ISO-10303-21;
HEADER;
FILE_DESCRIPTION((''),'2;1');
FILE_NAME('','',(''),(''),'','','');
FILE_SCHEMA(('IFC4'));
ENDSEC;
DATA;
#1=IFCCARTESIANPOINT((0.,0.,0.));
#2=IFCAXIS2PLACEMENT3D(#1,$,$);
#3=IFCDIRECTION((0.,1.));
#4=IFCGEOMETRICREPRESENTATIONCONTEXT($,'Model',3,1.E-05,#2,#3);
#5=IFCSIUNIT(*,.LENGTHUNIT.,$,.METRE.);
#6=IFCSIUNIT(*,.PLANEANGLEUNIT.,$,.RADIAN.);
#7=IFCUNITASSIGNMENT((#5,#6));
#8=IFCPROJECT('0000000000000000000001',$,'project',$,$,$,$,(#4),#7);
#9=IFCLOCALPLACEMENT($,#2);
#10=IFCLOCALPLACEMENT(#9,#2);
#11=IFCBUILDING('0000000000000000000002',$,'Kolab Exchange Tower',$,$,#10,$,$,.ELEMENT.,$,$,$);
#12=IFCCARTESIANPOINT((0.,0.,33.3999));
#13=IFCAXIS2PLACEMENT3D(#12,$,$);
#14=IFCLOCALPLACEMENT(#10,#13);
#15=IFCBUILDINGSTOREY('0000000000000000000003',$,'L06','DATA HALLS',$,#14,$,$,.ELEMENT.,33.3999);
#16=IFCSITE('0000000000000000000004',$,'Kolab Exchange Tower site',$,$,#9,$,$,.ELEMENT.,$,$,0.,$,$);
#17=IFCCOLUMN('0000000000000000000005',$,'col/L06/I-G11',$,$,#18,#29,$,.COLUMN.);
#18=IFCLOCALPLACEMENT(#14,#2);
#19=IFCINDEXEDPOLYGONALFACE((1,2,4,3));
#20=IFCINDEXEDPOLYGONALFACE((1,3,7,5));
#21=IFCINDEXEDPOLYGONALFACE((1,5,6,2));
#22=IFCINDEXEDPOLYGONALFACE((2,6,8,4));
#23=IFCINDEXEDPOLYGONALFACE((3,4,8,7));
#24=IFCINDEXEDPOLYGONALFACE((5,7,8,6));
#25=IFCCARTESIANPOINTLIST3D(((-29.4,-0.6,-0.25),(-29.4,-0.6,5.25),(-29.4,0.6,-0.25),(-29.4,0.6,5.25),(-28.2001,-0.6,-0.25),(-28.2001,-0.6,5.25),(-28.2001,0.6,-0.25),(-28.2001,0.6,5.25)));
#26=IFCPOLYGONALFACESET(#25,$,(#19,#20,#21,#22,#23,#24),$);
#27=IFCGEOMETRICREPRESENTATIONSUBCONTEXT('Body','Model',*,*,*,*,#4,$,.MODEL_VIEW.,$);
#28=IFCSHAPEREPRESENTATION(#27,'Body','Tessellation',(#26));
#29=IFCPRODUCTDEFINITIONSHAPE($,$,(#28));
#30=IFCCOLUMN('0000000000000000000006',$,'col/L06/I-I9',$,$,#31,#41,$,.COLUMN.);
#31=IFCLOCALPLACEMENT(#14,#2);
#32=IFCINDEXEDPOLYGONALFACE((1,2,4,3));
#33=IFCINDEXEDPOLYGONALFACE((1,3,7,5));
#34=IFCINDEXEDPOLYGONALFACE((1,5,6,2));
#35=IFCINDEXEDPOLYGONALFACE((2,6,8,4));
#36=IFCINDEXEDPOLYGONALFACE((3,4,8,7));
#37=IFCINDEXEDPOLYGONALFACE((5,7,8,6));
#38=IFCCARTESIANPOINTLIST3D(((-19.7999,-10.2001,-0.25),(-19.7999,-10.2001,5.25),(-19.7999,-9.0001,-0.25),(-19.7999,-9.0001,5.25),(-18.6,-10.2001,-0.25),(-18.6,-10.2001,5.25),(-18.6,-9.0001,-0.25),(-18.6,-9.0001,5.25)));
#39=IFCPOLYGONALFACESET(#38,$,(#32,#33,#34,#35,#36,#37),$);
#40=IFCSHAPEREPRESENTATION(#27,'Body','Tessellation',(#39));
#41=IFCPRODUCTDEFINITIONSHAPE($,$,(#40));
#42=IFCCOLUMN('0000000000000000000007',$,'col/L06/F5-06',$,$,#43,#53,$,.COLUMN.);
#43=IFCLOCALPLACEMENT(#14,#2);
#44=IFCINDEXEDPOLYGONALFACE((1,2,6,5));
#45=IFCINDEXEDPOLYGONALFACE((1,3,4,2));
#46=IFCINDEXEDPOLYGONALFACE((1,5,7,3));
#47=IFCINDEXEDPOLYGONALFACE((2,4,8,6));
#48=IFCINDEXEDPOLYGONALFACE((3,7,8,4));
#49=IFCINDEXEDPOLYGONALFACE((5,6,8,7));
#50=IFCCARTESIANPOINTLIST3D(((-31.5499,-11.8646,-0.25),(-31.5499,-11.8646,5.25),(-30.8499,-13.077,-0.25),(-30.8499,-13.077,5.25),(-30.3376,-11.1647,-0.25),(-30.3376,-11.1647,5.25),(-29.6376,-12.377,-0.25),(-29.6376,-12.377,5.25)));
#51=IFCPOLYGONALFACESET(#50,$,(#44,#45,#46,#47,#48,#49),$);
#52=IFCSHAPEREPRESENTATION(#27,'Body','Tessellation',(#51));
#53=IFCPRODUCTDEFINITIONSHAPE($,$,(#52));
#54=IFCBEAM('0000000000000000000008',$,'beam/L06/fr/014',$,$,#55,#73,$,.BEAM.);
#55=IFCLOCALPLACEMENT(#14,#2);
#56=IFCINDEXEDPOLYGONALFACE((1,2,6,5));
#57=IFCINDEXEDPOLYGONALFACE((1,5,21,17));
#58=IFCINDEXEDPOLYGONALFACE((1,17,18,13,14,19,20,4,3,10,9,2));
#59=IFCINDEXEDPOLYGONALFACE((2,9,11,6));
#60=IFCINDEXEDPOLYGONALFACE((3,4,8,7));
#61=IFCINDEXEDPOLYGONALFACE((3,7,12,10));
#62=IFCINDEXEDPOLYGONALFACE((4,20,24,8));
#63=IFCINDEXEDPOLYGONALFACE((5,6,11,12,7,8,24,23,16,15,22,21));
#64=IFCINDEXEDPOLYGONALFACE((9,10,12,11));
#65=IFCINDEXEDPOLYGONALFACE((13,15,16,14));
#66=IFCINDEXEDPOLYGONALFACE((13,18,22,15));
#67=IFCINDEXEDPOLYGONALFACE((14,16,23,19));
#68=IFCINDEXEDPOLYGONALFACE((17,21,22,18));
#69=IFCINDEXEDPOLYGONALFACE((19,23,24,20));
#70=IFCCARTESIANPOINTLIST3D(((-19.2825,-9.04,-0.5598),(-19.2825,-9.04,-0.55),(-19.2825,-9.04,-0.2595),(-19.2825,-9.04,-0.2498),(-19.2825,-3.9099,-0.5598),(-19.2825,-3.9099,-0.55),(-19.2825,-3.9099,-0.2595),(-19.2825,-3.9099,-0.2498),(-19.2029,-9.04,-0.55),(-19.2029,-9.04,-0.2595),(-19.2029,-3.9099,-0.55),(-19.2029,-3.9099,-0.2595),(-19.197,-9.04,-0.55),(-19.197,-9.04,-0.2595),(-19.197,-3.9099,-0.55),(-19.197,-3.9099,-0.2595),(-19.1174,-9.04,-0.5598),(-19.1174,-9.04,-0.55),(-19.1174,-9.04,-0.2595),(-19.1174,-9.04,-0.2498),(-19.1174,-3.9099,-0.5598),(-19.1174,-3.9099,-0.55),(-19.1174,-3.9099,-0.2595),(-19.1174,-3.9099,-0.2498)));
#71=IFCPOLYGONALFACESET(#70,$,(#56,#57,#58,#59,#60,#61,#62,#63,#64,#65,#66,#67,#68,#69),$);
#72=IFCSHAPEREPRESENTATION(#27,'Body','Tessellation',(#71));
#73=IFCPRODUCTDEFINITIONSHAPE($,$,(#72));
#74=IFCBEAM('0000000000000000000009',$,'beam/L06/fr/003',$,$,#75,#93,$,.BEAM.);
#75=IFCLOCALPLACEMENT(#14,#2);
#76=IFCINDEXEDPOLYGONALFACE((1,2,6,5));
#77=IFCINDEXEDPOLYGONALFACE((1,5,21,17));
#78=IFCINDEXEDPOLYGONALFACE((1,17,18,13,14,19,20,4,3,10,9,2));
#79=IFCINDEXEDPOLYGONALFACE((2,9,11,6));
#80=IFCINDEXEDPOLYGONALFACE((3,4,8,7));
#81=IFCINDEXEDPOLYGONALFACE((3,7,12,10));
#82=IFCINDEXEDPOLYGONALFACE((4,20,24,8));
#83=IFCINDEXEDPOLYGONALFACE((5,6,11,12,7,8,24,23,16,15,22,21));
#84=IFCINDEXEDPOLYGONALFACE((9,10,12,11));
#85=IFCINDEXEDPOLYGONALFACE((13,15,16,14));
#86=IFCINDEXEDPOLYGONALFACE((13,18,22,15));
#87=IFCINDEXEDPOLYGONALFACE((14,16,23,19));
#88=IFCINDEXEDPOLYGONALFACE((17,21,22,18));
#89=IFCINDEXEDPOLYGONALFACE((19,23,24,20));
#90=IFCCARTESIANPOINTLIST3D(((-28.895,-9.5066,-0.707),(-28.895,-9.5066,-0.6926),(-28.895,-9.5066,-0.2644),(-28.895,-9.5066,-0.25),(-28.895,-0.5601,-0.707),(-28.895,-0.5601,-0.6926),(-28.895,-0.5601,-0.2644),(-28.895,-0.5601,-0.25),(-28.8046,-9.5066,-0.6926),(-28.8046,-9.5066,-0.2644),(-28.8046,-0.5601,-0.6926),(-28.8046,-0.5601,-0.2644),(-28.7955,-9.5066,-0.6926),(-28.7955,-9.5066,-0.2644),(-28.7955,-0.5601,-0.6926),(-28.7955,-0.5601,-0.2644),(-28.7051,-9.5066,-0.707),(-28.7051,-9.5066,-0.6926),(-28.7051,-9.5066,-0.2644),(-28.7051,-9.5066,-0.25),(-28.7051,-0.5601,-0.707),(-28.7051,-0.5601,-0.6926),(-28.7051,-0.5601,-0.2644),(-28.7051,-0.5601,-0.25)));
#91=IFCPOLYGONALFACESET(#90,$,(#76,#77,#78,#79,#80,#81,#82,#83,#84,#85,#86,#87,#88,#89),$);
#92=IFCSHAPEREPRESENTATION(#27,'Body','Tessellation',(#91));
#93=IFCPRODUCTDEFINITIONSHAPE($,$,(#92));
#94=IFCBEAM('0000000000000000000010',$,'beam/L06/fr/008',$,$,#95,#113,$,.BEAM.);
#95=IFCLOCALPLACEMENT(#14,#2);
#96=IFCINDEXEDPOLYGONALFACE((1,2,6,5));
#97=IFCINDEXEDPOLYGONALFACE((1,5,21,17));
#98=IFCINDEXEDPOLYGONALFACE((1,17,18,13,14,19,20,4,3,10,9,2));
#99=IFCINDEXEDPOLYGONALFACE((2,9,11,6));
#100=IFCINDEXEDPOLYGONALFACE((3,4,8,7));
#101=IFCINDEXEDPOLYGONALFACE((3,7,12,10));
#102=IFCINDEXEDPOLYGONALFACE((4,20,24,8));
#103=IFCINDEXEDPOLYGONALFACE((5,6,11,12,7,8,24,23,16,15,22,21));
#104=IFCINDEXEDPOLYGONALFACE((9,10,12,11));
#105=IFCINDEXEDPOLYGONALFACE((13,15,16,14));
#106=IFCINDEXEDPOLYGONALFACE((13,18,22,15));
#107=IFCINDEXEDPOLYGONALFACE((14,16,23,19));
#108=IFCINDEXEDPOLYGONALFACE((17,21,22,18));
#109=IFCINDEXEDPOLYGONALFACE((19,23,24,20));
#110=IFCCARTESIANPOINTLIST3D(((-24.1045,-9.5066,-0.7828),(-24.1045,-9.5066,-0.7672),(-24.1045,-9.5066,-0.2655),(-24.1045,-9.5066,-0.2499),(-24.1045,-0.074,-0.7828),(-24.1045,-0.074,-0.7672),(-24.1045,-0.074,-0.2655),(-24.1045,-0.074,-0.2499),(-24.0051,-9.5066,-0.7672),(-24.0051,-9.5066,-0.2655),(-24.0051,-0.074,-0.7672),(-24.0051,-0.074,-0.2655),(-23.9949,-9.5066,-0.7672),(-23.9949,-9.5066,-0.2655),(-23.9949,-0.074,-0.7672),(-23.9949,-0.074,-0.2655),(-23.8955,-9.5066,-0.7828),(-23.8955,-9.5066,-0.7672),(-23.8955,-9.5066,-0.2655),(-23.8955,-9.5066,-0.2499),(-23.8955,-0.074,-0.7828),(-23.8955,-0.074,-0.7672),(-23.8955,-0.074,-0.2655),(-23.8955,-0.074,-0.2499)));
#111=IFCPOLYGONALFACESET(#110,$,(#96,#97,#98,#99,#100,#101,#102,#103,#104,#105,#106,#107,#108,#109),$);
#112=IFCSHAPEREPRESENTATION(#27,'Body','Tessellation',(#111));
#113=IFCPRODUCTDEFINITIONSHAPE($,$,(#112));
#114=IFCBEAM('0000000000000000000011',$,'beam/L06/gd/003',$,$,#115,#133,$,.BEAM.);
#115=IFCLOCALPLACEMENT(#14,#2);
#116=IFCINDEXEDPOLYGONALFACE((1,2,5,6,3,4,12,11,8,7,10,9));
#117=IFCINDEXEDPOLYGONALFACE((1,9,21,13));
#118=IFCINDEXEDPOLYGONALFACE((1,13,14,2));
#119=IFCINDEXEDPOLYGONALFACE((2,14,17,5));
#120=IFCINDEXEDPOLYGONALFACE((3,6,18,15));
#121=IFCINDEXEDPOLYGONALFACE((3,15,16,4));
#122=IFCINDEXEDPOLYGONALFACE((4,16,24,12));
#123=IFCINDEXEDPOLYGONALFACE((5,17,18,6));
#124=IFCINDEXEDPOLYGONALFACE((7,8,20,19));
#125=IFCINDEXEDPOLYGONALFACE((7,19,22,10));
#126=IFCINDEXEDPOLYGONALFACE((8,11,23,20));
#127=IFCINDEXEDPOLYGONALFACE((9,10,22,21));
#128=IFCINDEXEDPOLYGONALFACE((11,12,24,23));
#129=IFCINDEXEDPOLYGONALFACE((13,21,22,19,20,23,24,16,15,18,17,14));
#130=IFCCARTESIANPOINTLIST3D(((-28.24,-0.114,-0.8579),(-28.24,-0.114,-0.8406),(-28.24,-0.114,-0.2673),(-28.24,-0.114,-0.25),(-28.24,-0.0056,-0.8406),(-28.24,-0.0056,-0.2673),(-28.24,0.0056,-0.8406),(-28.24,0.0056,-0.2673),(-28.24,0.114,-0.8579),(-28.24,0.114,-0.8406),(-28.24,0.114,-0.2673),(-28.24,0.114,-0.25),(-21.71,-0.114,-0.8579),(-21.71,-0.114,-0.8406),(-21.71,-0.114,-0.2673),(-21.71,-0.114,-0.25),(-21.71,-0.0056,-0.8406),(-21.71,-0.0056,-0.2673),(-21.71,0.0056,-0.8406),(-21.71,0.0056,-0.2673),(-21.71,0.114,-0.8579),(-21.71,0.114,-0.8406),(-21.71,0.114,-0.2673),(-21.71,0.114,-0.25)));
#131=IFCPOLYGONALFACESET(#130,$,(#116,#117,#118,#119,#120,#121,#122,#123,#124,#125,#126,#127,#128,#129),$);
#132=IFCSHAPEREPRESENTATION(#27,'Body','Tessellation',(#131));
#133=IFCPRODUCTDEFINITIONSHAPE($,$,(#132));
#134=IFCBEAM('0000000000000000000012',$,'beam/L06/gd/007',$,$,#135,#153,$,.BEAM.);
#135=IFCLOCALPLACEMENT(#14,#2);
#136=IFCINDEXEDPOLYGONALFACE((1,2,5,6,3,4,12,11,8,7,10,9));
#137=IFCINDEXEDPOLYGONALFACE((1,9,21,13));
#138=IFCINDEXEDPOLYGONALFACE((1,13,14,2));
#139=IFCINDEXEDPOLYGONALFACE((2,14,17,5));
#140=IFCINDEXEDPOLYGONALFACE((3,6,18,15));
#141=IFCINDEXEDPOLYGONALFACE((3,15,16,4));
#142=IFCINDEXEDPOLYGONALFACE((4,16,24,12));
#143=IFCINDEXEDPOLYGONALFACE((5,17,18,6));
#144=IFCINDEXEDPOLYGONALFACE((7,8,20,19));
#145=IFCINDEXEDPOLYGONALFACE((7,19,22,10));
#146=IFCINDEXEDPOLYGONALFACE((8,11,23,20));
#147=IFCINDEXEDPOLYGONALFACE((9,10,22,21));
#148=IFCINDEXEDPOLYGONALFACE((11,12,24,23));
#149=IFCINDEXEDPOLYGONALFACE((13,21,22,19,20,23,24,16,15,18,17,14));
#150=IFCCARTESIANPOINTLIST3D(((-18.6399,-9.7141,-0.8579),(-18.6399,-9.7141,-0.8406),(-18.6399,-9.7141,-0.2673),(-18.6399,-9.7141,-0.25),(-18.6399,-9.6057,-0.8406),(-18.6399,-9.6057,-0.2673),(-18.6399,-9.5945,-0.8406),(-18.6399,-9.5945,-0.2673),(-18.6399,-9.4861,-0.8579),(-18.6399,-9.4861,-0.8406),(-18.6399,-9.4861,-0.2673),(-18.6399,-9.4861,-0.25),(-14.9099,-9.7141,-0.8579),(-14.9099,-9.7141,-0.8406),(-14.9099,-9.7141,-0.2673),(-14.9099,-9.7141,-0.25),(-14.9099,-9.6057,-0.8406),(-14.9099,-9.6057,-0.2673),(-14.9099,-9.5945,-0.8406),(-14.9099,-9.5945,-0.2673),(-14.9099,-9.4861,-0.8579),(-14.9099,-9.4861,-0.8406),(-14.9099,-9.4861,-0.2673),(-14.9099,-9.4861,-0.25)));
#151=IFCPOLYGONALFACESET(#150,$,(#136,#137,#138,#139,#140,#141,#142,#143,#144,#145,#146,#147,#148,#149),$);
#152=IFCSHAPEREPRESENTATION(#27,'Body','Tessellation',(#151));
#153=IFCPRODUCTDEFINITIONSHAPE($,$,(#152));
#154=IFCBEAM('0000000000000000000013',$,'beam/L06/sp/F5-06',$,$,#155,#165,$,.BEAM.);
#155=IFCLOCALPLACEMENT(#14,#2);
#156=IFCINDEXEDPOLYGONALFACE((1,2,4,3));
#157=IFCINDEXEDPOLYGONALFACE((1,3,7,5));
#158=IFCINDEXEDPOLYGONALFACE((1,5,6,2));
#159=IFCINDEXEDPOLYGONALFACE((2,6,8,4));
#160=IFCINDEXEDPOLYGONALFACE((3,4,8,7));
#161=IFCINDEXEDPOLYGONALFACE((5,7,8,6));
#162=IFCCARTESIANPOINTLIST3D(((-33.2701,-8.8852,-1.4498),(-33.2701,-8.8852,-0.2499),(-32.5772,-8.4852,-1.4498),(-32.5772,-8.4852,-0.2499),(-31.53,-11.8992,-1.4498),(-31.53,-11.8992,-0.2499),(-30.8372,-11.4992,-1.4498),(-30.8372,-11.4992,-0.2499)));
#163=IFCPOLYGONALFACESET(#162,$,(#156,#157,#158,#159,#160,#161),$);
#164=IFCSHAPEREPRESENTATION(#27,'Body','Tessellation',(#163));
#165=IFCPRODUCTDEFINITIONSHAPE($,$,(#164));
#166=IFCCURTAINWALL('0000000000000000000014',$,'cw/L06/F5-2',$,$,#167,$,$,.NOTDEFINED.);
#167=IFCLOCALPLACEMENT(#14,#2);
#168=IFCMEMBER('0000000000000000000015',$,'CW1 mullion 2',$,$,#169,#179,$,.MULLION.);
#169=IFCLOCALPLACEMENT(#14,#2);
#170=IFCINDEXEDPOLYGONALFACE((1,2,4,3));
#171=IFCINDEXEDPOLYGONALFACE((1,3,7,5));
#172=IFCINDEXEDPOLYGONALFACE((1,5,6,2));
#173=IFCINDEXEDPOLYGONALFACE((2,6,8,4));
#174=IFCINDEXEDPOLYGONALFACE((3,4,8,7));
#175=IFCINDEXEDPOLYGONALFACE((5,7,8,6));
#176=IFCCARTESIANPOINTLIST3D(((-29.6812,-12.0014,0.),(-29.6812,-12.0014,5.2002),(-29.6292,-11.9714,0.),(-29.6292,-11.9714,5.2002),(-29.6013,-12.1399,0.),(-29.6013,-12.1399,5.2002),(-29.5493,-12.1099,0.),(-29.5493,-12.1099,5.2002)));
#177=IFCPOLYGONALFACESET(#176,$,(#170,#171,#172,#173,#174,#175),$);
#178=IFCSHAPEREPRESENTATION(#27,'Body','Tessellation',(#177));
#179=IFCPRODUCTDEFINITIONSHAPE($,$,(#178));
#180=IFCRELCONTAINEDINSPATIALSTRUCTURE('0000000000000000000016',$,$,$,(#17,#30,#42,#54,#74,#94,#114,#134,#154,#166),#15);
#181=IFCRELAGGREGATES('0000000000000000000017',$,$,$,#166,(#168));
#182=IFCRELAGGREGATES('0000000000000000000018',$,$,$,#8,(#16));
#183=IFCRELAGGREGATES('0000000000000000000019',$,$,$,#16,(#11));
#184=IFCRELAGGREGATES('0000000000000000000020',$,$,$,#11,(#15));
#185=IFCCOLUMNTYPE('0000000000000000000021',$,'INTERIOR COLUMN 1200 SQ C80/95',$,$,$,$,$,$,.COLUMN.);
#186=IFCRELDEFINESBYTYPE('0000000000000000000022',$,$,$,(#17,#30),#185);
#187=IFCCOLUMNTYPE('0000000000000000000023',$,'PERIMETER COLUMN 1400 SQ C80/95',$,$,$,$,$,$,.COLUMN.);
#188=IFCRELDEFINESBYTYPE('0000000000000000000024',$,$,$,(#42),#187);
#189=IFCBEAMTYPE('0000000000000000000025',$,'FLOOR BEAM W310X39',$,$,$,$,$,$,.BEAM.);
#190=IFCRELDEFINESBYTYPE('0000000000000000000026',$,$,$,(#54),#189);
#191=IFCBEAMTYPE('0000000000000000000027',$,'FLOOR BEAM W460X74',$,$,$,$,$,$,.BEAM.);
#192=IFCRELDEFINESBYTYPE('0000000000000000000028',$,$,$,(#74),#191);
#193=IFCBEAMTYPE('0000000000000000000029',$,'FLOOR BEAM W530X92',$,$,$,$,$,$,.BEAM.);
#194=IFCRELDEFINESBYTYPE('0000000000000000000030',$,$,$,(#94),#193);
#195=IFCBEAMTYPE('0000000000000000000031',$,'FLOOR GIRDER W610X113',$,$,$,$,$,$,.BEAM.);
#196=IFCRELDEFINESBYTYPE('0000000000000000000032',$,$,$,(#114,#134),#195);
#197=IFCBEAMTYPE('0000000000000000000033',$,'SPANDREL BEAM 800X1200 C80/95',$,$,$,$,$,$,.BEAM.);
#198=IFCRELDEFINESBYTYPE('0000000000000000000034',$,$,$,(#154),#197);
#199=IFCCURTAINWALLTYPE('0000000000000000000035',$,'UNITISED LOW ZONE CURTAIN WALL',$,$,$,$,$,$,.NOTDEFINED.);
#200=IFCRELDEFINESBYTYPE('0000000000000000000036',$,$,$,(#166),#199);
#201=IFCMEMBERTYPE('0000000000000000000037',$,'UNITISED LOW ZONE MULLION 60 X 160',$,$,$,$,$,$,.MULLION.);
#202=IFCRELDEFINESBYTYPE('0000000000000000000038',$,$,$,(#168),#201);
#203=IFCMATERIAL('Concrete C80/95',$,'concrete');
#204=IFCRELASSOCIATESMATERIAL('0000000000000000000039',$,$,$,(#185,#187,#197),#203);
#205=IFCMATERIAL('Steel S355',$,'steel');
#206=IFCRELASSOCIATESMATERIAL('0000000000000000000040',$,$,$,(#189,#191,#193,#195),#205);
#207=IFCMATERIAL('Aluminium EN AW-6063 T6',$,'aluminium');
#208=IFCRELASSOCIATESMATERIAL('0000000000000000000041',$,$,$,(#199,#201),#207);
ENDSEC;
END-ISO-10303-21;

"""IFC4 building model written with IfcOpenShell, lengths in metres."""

from ifc_helpers import new_model, si_unit, direction, frame, origin, origin_2d, place, context, subcontext, project, spatial, rectangle, i_section, extrude, material, material_profile, profile_set, type_object, element, aggregate, save


model = new_model("IFC4")

# Units and contexts
model_context = context("Model", 3, precision=1e-05, world=origin(), true_north=direction((0.0, 1.0)))
body_context = subcontext(model_context, "Body", "Model", "MODEL_VIEW")
ifc_project = project(units=[si_unit("LENGTHUNIT", "METRE"), si_unit("PLANEANGLEUNIT", "RADIAN")], contexts=[model_context])

# Site, building, storey
site_placement = place(None, origin())
site = spatial("IfcSite", under=ifc_project, at=site_placement, Name="Kolab Exchange Tower site", CompositionType="ELEMENT", RefElevation=0.0)
building_placement = place(site_placement, origin())
building = spatial("IfcBuilding", under=site, at=building_placement, Name="Kolab Exchange Tower", CompositionType="ELEMENT")
storey_placement = place(building_placement, frame((0.0, 0.0, 33.3999)))
storey = spatial("IfcBuildingStorey", under=building, at=storey_placement, Name="L06", Description="DATA HALLS", CompositionType="ELEMENT", Elevation=33.3999)

# Columns
ifc_material_1 = material(Name="Concrete C80/95", Category="concrete")
ifc_material_profile_1 = material_profile(ifc_material_1, rectangle(XDim=1.2, YDim=1.2, at=origin_2d()), Name="RC1200")
ifc_profile_set_1 = profile_set([ifc_material_profile_1], Name="Concrete C80/95")
column_type_1 = type_object("IfcColumnType", Name="INTERIOR COLUMN 1200 SQ C80/95", PredefinedType="COLUMN", material=ifc_profile_set_1)
for number, where, z_axis, x_axis, name in (
    (1, (-28.8, 0.0, -0.25), (0.0, 0.0, 1.0), (1.0, 0.0, 0.0), "col/L06/I-G11"),
    (2, (-19.2, -9.6001, -0.25), (0.0, 0.0, 1.0), (1.0, 0.0, 0.0), "col/L06/I-I9"),
):
    element("IfcColumn", number, at=place(storey_placement, frame(where, z_axis=z_axis, x_axis=x_axis)), inside=storey, type_object=column_type_1, Name=name, PredefinedType="COLUMN", context=body_context, shape_type="SweptSolid", body=[
        extrude(rectangle(XDim=1.2, YDim=1.2, at=origin_2d()), origin(), (0.0, 0.0, 1.0), 5.5),
    ])
ifc_material_profile_2 = material_profile(ifc_material_1, rectangle(XDim=1.3999, YDim=1.3999, at=origin_2d()), Name="RC1400")
ifc_profile_set_2 = profile_set([ifc_material_profile_2], Name="Concrete C80/95")
column_type_2 = type_object("IfcColumnType", Name="PERIMETER COLUMN 1400 SQ C80/95", PredefinedType="COLUMN", material=ifc_profile_set_2)
column_placement = place(storey_placement, frame((-30.5938, -12.1208, -0.25), z_axis=(0.0, 0.0, 1.0), x_axis=(0.866025, 0.5, 0.0)))
element("IfcColumn", 3, at=column_placement, inside=storey, type_object=column_type_2, Name="col/L06/F5-06", PredefinedType="COLUMN", context=body_context, shape_type="SweptSolid", body=[
    extrude(rectangle(XDim=1.3999, YDim=1.3999, at=origin_2d()), origin(), (0.0, 0.0, 1.0), 5.5),
])

# Beams
ifc_material_2 = material(Name="Steel S355", Category="steel")
ifc_material_profile_3 = material_profile(ifc_material_2, i_section(OverallWidth=0.165, OverallDepth=0.3101, WebThickness=0.0059, FlangeThickness=0.0098, at=origin_2d()), Name="W310X39")
ifc_profile_set_3 = profile_set([ifc_material_profile_3], Name="Steel S355")
beam_type_1 = type_object("IfcBeamType", Name="FLOOR BEAM W310X39", PredefinedType="BEAM", material=ifc_profile_set_3)
beam_1_placement = place(storey_placement, frame((-19.2, -9.04, -0.4048), z_axis=(0.0, 1.0, 0.0), x_axis=(-1.0, 0.0, 0.0)))
element("IfcBeam", 4, at=beam_1_placement, inside=storey, type_object=beam_type_1, Name="beam/L06/fr/014", PredefinedType="BEAM", context=body_context, shape_type="SweptSolid", body=[
    extrude(i_section(OverallWidth=0.165, OverallDepth=0.3101, WebThickness=0.0059, FlangeThickness=0.0098, at=origin_2d()), origin(), (0.0, 0.0, 1.0), 5.1301),
])
ifc_material_profile_4 = material_profile(ifc_material_2, i_section(OverallWidth=0.1899, OverallDepth=0.457, WebThickness=0.009, FlangeThickness=0.0144, at=origin_2d()), Name="W460X74")
ifc_profile_set_4 = profile_set([ifc_material_profile_4], Name="Steel S355")
beam_type_2 = type_object("IfcBeamType", Name="FLOOR BEAM W460X74", PredefinedType="BEAM", material=ifc_profile_set_4)
beam_2_placement = place(storey_placement, frame((-28.8, -9.5066, -0.4785), z_axis=(0.0, 1.0, 0.0), x_axis=(-1.0, 0.0, 0.0)))
element("IfcBeam", 5, at=beam_2_placement, inside=storey, type_object=beam_type_2, Name="beam/L06/fr/003", PredefinedType="BEAM", context=body_context, shape_type="SweptSolid", body=[
    extrude(i_section(OverallWidth=0.1899, OverallDepth=0.457, WebThickness=0.009, FlangeThickness=0.0144, at=origin_2d()), origin(), (0.0, 0.0, 1.0), 8.9465),
])
ifc_material_profile_5 = material_profile(ifc_material_2, i_section(OverallWidth=0.209, OverallDepth=0.533, WebThickness=0.0103, FlangeThickness=0.0156, at=origin_2d()), Name="W530X92")
ifc_profile_set_5 = profile_set([ifc_material_profile_5], Name="Steel S355")
beam_type_3 = type_object("IfcBeamType", Name="FLOOR BEAM W530X92", PredefinedType="BEAM", material=ifc_profile_set_5)
beam_3_placement = place(storey_placement, frame((-24.0, -9.5066, -0.5164), z_axis=(0.0, 1.0, 0.0), x_axis=(-1.0, 0.0, 0.0)))
element("IfcBeam", 6, at=beam_3_placement, inside=storey, type_object=beam_type_3, Name="beam/L06/fr/008", PredefinedType="BEAM", context=body_context, shape_type="SweptSolid", body=[
    extrude(i_section(OverallWidth=0.209, OverallDepth=0.533, WebThickness=0.0103, FlangeThickness=0.0156, at=origin_2d()), origin(), (0.0, 0.0, 1.0), 9.4326),
])
ifc_material_profile_6 = material_profile(ifc_material_2, i_section(OverallWidth=0.228, OverallDepth=0.6079, WebThickness=0.0112, FlangeThickness=0.0173, at=origin_2d()), Name="W610X113")
ifc_profile_set_6 = profile_set([ifc_material_profile_6], Name="Steel S355")
beam_type_4 = type_object("IfcBeamType", Name="FLOOR GIRDER W610X113", PredefinedType="BEAM", material=ifc_profile_set_6)
beam_4_placement = place(storey_placement, frame((-28.24, 0.0, -0.554), z_axis=(1.0, 0.0, 0.0), x_axis=(0.0, 1.0, 0.0)))
element("IfcBeam", 7, at=beam_4_placement, inside=storey, type_object=beam_type_4, Name="beam/L06/gd/003", PredefinedType="BEAM", context=body_context, shape_type="SweptSolid", body=[
    extrude(i_section(OverallWidth=0.228, OverallDepth=0.6079, WebThickness=0.0112, FlangeThickness=0.0173, at=origin_2d()), origin(), (0.0, 0.0, 1.0), 6.53),
])
beam_5_placement = place(storey_placement, frame((-18.6399, -9.6001, -0.554), z_axis=(1.0, 0.0, 0.0), x_axis=(0.0, 1.0, 0.0)))
element("IfcBeam", 8, at=beam_5_placement, inside=storey, type_object=beam_type_4, Name="beam/L06/gd/007", PredefinedType="BEAM", context=body_context, shape_type="SweptSolid", body=[
    extrude(i_section(OverallWidth=0.228, OverallDepth=0.6079, WebThickness=0.0112, FlangeThickness=0.0173, at=origin_2d()), origin(), (0.0, 0.0, 1.0), 3.73),
])
ifc_material_profile_7 = material_profile(ifc_material_1, rectangle(XDim=0.8, YDim=1.2, at=origin_2d()), Name="RC800X1200")
ifc_profile_set_7 = profile_set([ifc_material_profile_7], Name="Concrete C80/95")
beam_type_5 = type_object("IfcBeamType", Name="SPANDREL BEAM 800X1200 C80/95", PredefinedType="BEAM", material=ifc_profile_set_7)
beam_6_placement = place(storey_placement, frame((-31.1836, -11.6992, -0.8499), z_axis=(-0.49998, 0.866037, 0.0), x_axis=(-0.866037, -0.49998, 0.0)))
element("IfcBeam", 9, at=beam_6_placement, inside=storey, type_object=beam_type_5, Name="beam/L06/sp/F5-06", PredefinedType="BEAM", context=body_context, shape_type="SweptSolid", body=[
    extrude(rectangle(XDim=0.8, YDim=1.2, at=origin_2d()), origin(), (0.0, 0.0, 1.0), 3.4802),
])

# Curtain wall, member
ifc_material_3 = material(Name="Aluminium EN AW-6063 T6", Category="aluminium")
curtain_wall_type = type_object("IfcCurtainWallType", Name="UNITISED LOW ZONE CURTAIN WALL", PredefinedType="NOTDEFINED", material=ifc_material_3)
curtain_wall_placement = place(storey_placement, origin())
curtain_wall = element("IfcCurtainWall", 10, at=curtain_wall_placement, inside=storey, type_object=curtain_wall_type, Name="cw/L06/F5-2", PredefinedType="NOTDEFINED")
ifc_material_profile_8 = material_profile(ifc_material_3, rectangle(XDim=0.0601, YDim=0.1599, at=origin_2d()), Name="RECT 60X160")
ifc_profile_set_8 = profile_set([ifc_material_profile_8], Name="Aluminium EN AW-6063 T6")
member_type_1 = type_object("IfcMemberType", Name="UNITISED LOW ZONE MULLION 60 X 160", PredefinedType="MULLION", material=ifc_profile_set_8)
member_1_placement = place(storey_placement, frame((-29.6152, -12.0557, 0.0), z_axis=(0.0, 0.0, 1.0), x_axis=(-0.866025, -0.5, 0.0)))
member_1 = element("IfcMember", 11, at=member_1_placement, type_object=member_type_1, Name="CW1 mullion 2", PredefinedType="MULLION", context=body_context, shape_type="SweptSolid", body=[
    extrude(rectangle(XDim=0.0601, YDim=0.1599, at=origin_2d()), origin(), (0.0, 0.0, 1.0), 5.2002),
])
aggregate(curtain_wall, [member_1])

save(model, "model.ifc")
